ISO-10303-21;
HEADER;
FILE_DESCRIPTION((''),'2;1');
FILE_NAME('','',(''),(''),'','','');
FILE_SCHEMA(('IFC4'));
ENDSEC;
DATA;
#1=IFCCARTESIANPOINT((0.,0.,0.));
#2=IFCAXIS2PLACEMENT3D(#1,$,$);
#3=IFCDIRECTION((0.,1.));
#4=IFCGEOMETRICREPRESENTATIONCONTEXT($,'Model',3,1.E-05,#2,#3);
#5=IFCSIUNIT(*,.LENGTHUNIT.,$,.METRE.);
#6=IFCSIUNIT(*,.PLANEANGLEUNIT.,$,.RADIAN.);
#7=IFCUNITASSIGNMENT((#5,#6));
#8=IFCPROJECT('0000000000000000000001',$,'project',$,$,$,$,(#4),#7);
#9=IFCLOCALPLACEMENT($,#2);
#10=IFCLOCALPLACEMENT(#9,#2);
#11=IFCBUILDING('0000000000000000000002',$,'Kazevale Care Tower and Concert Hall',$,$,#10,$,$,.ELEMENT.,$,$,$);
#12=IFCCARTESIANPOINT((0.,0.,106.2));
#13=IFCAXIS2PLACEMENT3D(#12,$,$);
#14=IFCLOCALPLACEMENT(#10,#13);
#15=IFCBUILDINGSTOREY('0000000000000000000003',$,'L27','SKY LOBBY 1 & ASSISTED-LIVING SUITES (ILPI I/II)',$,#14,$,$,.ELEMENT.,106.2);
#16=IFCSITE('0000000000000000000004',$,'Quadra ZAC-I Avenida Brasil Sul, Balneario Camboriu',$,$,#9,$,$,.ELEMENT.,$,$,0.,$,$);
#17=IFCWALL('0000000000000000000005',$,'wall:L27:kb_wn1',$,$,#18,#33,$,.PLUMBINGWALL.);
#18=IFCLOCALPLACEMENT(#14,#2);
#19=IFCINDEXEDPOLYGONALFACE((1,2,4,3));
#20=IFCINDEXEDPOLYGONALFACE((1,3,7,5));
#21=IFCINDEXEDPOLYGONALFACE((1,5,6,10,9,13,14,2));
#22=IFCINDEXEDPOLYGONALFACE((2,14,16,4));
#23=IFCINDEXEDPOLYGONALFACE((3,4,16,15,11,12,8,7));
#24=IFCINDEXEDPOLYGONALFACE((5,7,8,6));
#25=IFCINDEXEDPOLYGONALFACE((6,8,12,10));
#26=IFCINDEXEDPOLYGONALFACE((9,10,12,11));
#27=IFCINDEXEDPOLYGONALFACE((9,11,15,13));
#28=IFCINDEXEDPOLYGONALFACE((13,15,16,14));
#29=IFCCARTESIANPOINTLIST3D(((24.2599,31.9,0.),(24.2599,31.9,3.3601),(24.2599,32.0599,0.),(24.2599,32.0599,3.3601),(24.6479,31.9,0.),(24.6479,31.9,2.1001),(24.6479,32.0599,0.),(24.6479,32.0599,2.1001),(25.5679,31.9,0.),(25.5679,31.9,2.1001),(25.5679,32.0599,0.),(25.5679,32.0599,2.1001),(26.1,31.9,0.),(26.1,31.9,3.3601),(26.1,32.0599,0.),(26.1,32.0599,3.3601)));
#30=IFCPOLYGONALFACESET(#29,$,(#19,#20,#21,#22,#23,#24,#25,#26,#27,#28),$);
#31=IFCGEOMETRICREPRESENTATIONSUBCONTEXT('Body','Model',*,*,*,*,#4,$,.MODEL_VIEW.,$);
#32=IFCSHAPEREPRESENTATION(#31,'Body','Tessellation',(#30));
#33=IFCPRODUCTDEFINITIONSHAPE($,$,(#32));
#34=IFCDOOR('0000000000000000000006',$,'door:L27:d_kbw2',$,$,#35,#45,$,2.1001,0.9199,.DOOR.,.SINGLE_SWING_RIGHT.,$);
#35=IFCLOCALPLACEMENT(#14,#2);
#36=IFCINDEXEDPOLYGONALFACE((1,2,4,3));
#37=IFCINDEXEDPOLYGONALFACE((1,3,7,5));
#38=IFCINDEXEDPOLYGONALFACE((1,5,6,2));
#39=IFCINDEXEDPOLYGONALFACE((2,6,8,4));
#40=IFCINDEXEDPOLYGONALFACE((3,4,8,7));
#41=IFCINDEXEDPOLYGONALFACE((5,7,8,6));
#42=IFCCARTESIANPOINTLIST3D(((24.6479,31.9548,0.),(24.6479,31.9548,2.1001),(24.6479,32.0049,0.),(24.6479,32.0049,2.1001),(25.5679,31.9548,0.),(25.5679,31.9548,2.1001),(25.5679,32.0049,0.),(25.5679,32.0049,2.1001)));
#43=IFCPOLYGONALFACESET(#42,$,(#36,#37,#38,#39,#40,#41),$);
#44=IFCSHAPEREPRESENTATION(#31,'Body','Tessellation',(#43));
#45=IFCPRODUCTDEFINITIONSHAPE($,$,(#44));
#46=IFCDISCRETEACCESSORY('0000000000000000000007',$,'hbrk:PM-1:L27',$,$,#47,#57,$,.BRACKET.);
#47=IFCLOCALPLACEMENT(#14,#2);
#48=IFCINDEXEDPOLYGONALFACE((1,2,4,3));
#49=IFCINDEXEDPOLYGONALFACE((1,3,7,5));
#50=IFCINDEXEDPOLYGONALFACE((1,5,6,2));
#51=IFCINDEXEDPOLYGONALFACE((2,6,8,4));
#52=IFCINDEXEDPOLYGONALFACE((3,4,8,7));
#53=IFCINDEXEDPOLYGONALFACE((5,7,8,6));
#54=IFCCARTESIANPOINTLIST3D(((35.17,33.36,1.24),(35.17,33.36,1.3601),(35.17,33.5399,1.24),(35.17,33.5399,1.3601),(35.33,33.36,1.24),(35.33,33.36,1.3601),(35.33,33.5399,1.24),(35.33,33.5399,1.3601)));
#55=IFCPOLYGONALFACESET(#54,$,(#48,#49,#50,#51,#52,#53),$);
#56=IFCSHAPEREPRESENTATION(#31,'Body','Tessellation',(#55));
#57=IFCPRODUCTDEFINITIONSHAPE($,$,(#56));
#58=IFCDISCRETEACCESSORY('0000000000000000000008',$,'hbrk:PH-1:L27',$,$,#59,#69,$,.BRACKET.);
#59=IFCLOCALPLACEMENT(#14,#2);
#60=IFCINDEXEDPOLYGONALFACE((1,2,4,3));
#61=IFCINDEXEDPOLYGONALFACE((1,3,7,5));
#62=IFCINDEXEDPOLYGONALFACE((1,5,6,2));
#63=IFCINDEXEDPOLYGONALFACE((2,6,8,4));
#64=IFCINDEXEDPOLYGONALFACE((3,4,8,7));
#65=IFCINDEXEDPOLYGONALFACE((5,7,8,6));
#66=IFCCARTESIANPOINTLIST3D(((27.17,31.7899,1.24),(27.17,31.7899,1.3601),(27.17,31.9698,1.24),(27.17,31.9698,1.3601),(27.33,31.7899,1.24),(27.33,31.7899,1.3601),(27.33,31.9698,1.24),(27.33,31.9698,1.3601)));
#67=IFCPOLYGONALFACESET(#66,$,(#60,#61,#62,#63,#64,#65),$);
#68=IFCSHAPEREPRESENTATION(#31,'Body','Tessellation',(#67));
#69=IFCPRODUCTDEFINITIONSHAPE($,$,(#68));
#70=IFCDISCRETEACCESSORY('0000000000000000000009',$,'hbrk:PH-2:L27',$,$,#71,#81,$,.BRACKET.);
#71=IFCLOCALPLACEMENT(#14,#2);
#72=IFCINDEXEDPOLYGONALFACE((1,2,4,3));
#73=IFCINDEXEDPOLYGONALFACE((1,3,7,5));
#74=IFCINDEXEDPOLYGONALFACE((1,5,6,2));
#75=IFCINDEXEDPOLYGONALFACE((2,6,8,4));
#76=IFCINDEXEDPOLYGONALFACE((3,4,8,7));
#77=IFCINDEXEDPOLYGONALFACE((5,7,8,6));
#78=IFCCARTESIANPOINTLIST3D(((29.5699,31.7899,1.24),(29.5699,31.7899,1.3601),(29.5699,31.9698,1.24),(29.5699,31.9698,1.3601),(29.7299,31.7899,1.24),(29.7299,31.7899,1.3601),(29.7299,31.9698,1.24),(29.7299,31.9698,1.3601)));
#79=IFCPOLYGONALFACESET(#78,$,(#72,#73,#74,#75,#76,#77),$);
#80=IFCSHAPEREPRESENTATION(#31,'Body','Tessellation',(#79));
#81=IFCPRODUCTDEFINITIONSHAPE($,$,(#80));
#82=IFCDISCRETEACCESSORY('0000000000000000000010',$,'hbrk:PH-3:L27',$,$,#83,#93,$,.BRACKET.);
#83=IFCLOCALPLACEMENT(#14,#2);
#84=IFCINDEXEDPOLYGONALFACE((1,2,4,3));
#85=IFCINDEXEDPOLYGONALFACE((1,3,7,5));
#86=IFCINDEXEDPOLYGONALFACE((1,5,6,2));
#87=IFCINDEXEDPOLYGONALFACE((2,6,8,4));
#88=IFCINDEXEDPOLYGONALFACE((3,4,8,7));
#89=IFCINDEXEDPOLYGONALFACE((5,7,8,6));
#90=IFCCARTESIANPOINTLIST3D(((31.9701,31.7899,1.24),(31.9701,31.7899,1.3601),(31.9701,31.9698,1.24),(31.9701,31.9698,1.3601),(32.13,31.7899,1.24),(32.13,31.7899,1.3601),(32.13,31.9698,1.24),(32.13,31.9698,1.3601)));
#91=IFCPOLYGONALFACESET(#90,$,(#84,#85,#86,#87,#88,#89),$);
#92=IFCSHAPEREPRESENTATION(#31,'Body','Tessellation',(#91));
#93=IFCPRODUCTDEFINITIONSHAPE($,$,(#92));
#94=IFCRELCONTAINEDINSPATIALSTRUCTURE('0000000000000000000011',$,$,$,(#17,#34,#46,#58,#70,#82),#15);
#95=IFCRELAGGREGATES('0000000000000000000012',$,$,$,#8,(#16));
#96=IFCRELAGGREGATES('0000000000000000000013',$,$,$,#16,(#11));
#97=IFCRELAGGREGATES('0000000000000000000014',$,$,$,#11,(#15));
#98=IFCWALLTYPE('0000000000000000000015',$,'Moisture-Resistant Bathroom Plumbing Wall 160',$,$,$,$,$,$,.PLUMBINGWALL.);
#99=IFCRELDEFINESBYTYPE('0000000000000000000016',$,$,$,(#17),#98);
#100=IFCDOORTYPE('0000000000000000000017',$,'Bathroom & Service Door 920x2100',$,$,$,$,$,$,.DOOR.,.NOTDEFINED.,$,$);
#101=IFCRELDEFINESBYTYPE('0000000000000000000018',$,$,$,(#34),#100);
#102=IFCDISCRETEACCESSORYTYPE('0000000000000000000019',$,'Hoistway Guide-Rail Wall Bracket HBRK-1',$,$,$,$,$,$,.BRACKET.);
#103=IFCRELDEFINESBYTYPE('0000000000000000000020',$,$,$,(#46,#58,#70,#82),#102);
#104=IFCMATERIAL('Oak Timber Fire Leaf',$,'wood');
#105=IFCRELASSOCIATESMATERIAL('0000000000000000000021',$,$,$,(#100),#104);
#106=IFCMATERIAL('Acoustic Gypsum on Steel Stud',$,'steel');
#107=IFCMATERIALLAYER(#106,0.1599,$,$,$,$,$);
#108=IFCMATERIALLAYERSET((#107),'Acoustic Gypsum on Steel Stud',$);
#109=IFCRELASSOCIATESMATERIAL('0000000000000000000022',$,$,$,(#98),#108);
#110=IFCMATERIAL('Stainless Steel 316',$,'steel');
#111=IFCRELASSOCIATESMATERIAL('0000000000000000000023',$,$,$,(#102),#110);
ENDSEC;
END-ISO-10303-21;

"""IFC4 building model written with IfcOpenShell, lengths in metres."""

from ifc_helpers import new_model, si_unit, direction, frame, frame_2d, origin, origin_2d, place, context, subcontext, project, spatial, rectangle, extrude, material, layer, layer_set, type_object, element, fill, save


model = new_model("IFC4")

# Units and contexts
model_context = context("Model", 3, precision=1e-05, world=origin(), true_north=direction((0.0, 1.0)))
body_context = subcontext(model_context, "Body", "Model", "MODEL_VIEW")
ifc_project = project(units=[si_unit("LENGTHUNIT", "METRE"), si_unit("PLANEANGLEUNIT", "RADIAN")], contexts=[model_context])

# Site, building, storey
site_placement = place(None, origin())
site = spatial("IfcSite", under=ifc_project, at=site_placement, Name="Quadra ZAC-I Avenida Brasil Sul, Balneario Camboriu", CompositionType="ELEMENT", RefElevation=0.0)
building_placement = place(site_placement, origin())
building = spatial("IfcBuilding", under=site, at=building_placement, Name="Kazevale Care Tower and Concert Hall", CompositionType="ELEMENT")
storey_placement = place(building_placement, frame((0.0, 0.0, 106.2)))
storey = spatial("IfcBuildingStorey", under=building, at=storey_placement, Name="L27", Description="SKY LOBBY 1 & ASSISTED-LIVING SUITES (ILPI I/II)", CompositionType="ELEMENT", Elevation=106.2)

# Shared definitions
ifc_material_1 = material(Name="Acoustic Gypsum on Steel Stud", Category="steel")
ifc_material_2 = material(Name="Oak Timber Fire Leaf", Category="wood")
door_type_1 = type_object("IfcDoorType", Name="Bathroom & Service Door 920x2100", OperationType="NOTDEFINED", PredefinedType="DOOR", material=ifc_material_2)

# Shared definitions
ifc_material_3 = material(Name="Stainless Steel 316", Category="steel")

# Wall, opening, door
ifc_layer_1 = layer(ifc_material_1, 0.1599)
ifc_layer_set_1 = layer_set([ifc_layer_1], Name="Acoustic Gypsum on Steel Stud")
wall_type_1 = type_object("IfcWallType", Name="Moisture-Resistant Bathroom Plumbing Wall 160", PredefinedType="PLUMBINGWALL", material=ifc_layer_set_1)
wall_1_placement = place(storey_placement, frame((24.26, 31.98, 0.0), z_axis=(0.0, 0.0, 1.0), x_axis=(1.0, 0.0, 0.0)))
wall_1 = element("IfcWall", 1, at=wall_1_placement, inside=storey, type_object=wall_type_1, Name="wall:L27:kb_wn1", PredefinedType="PLUMBINGWALL", context=body_context, shape_type="SweptSolid", body=[
    extrude(rectangle(XDim=1.8401, YDim=0.1599, at=frame_2d((0.9199, 0.0))), origin(), (0.0, 0.0, 1.0), 3.3601),
])
opening_1_placement = place(wall_1_placement, frame((0.3879, 0.0, 0.0)))
opening_1 = element("IfcOpeningElement", 2, at=opening_1_placement, cuts=wall_1, PredefinedType="OPENING", context=body_context, shape_type="SweptSolid", body=[
    extrude(rectangle(XDim=0.9199, YDim=2.1001, at=frame_2d((0.46, 1.05))), frame((0.0, 0.0898, 0.0), z_axis=(0.0, -1.0, 0.0), x_axis=(1.0, 0.0, 0.0)), (0.0, 0.0, 1.0), 0.1799),
])
door_1_placement = place(opening_1_placement, origin())
door_1 = element("IfcDoor", 3, at=door_1_placement, inside=storey, type_object=door_type_1, Name="door:L27:d_kbw2", OperationType="SINGLE_SWING_RIGHT", OverallHeight=2.1001, OverallWidth=0.9199, PredefinedType="DOOR", context=body_context, shape_type="SweptSolid", body=[
    extrude(rectangle(XDim=0.9199, YDim=2.1001, at=frame_2d((0.46, 1.05))), frame((0.0, 0.0249, 0.0), z_axis=(0.0, -1.0, 0.0), x_axis=(1.0, 0.0, 0.0)), (0.0, 0.0, 1.0), 0.05),
])
fill(opening_1, door_1)

# Discrete accessories
discrete_accessory_type = type_object("IfcDiscreteAccessoryType", Name="Hoistway Guide-Rail Wall Bracket HBRK-1", PredefinedType="BRACKET", material=ifc_material_3)
for number, where, z_axis, x_axis, name in (
    (4, (35.25, 33.45, 1.24), (0.0, 0.0, 1.0), (1.0, 0.0, 0.0), "hbrk:PM-1:L27"),
    (5, (27.25, 31.8799, 1.24), (0.0, 0.0, 1.0), (1.0, 0.0, 0.0), "hbrk:PH-1:L27"),
    (6, (29.6499, 31.8799, 1.24), (0.0, 0.0, 1.0), (1.0, 0.0, 0.0), "hbrk:PH-2:L27"),
    (7, (32.05, 31.8799, 1.24), (0.0, 0.0, 1.0), (1.0, 0.0, 0.0), "hbrk:PH-3:L27"),
):
    element("IfcDiscreteAccessory", number, at=place(storey_placement, frame(where, z_axis=z_axis, x_axis=x_axis)), inside=storey, type_object=discrete_accessory_type, Name=name, PredefinedType="BRACKET", context=body_context, shape_type="SweptSolid", body=[
        extrude(rectangle(XDim=0.1599, YDim=0.1799, at=origin_2d()), origin(), (0.0, 0.0, 1.0), 0.1201),
    ])

save(model, "model.ifc")
